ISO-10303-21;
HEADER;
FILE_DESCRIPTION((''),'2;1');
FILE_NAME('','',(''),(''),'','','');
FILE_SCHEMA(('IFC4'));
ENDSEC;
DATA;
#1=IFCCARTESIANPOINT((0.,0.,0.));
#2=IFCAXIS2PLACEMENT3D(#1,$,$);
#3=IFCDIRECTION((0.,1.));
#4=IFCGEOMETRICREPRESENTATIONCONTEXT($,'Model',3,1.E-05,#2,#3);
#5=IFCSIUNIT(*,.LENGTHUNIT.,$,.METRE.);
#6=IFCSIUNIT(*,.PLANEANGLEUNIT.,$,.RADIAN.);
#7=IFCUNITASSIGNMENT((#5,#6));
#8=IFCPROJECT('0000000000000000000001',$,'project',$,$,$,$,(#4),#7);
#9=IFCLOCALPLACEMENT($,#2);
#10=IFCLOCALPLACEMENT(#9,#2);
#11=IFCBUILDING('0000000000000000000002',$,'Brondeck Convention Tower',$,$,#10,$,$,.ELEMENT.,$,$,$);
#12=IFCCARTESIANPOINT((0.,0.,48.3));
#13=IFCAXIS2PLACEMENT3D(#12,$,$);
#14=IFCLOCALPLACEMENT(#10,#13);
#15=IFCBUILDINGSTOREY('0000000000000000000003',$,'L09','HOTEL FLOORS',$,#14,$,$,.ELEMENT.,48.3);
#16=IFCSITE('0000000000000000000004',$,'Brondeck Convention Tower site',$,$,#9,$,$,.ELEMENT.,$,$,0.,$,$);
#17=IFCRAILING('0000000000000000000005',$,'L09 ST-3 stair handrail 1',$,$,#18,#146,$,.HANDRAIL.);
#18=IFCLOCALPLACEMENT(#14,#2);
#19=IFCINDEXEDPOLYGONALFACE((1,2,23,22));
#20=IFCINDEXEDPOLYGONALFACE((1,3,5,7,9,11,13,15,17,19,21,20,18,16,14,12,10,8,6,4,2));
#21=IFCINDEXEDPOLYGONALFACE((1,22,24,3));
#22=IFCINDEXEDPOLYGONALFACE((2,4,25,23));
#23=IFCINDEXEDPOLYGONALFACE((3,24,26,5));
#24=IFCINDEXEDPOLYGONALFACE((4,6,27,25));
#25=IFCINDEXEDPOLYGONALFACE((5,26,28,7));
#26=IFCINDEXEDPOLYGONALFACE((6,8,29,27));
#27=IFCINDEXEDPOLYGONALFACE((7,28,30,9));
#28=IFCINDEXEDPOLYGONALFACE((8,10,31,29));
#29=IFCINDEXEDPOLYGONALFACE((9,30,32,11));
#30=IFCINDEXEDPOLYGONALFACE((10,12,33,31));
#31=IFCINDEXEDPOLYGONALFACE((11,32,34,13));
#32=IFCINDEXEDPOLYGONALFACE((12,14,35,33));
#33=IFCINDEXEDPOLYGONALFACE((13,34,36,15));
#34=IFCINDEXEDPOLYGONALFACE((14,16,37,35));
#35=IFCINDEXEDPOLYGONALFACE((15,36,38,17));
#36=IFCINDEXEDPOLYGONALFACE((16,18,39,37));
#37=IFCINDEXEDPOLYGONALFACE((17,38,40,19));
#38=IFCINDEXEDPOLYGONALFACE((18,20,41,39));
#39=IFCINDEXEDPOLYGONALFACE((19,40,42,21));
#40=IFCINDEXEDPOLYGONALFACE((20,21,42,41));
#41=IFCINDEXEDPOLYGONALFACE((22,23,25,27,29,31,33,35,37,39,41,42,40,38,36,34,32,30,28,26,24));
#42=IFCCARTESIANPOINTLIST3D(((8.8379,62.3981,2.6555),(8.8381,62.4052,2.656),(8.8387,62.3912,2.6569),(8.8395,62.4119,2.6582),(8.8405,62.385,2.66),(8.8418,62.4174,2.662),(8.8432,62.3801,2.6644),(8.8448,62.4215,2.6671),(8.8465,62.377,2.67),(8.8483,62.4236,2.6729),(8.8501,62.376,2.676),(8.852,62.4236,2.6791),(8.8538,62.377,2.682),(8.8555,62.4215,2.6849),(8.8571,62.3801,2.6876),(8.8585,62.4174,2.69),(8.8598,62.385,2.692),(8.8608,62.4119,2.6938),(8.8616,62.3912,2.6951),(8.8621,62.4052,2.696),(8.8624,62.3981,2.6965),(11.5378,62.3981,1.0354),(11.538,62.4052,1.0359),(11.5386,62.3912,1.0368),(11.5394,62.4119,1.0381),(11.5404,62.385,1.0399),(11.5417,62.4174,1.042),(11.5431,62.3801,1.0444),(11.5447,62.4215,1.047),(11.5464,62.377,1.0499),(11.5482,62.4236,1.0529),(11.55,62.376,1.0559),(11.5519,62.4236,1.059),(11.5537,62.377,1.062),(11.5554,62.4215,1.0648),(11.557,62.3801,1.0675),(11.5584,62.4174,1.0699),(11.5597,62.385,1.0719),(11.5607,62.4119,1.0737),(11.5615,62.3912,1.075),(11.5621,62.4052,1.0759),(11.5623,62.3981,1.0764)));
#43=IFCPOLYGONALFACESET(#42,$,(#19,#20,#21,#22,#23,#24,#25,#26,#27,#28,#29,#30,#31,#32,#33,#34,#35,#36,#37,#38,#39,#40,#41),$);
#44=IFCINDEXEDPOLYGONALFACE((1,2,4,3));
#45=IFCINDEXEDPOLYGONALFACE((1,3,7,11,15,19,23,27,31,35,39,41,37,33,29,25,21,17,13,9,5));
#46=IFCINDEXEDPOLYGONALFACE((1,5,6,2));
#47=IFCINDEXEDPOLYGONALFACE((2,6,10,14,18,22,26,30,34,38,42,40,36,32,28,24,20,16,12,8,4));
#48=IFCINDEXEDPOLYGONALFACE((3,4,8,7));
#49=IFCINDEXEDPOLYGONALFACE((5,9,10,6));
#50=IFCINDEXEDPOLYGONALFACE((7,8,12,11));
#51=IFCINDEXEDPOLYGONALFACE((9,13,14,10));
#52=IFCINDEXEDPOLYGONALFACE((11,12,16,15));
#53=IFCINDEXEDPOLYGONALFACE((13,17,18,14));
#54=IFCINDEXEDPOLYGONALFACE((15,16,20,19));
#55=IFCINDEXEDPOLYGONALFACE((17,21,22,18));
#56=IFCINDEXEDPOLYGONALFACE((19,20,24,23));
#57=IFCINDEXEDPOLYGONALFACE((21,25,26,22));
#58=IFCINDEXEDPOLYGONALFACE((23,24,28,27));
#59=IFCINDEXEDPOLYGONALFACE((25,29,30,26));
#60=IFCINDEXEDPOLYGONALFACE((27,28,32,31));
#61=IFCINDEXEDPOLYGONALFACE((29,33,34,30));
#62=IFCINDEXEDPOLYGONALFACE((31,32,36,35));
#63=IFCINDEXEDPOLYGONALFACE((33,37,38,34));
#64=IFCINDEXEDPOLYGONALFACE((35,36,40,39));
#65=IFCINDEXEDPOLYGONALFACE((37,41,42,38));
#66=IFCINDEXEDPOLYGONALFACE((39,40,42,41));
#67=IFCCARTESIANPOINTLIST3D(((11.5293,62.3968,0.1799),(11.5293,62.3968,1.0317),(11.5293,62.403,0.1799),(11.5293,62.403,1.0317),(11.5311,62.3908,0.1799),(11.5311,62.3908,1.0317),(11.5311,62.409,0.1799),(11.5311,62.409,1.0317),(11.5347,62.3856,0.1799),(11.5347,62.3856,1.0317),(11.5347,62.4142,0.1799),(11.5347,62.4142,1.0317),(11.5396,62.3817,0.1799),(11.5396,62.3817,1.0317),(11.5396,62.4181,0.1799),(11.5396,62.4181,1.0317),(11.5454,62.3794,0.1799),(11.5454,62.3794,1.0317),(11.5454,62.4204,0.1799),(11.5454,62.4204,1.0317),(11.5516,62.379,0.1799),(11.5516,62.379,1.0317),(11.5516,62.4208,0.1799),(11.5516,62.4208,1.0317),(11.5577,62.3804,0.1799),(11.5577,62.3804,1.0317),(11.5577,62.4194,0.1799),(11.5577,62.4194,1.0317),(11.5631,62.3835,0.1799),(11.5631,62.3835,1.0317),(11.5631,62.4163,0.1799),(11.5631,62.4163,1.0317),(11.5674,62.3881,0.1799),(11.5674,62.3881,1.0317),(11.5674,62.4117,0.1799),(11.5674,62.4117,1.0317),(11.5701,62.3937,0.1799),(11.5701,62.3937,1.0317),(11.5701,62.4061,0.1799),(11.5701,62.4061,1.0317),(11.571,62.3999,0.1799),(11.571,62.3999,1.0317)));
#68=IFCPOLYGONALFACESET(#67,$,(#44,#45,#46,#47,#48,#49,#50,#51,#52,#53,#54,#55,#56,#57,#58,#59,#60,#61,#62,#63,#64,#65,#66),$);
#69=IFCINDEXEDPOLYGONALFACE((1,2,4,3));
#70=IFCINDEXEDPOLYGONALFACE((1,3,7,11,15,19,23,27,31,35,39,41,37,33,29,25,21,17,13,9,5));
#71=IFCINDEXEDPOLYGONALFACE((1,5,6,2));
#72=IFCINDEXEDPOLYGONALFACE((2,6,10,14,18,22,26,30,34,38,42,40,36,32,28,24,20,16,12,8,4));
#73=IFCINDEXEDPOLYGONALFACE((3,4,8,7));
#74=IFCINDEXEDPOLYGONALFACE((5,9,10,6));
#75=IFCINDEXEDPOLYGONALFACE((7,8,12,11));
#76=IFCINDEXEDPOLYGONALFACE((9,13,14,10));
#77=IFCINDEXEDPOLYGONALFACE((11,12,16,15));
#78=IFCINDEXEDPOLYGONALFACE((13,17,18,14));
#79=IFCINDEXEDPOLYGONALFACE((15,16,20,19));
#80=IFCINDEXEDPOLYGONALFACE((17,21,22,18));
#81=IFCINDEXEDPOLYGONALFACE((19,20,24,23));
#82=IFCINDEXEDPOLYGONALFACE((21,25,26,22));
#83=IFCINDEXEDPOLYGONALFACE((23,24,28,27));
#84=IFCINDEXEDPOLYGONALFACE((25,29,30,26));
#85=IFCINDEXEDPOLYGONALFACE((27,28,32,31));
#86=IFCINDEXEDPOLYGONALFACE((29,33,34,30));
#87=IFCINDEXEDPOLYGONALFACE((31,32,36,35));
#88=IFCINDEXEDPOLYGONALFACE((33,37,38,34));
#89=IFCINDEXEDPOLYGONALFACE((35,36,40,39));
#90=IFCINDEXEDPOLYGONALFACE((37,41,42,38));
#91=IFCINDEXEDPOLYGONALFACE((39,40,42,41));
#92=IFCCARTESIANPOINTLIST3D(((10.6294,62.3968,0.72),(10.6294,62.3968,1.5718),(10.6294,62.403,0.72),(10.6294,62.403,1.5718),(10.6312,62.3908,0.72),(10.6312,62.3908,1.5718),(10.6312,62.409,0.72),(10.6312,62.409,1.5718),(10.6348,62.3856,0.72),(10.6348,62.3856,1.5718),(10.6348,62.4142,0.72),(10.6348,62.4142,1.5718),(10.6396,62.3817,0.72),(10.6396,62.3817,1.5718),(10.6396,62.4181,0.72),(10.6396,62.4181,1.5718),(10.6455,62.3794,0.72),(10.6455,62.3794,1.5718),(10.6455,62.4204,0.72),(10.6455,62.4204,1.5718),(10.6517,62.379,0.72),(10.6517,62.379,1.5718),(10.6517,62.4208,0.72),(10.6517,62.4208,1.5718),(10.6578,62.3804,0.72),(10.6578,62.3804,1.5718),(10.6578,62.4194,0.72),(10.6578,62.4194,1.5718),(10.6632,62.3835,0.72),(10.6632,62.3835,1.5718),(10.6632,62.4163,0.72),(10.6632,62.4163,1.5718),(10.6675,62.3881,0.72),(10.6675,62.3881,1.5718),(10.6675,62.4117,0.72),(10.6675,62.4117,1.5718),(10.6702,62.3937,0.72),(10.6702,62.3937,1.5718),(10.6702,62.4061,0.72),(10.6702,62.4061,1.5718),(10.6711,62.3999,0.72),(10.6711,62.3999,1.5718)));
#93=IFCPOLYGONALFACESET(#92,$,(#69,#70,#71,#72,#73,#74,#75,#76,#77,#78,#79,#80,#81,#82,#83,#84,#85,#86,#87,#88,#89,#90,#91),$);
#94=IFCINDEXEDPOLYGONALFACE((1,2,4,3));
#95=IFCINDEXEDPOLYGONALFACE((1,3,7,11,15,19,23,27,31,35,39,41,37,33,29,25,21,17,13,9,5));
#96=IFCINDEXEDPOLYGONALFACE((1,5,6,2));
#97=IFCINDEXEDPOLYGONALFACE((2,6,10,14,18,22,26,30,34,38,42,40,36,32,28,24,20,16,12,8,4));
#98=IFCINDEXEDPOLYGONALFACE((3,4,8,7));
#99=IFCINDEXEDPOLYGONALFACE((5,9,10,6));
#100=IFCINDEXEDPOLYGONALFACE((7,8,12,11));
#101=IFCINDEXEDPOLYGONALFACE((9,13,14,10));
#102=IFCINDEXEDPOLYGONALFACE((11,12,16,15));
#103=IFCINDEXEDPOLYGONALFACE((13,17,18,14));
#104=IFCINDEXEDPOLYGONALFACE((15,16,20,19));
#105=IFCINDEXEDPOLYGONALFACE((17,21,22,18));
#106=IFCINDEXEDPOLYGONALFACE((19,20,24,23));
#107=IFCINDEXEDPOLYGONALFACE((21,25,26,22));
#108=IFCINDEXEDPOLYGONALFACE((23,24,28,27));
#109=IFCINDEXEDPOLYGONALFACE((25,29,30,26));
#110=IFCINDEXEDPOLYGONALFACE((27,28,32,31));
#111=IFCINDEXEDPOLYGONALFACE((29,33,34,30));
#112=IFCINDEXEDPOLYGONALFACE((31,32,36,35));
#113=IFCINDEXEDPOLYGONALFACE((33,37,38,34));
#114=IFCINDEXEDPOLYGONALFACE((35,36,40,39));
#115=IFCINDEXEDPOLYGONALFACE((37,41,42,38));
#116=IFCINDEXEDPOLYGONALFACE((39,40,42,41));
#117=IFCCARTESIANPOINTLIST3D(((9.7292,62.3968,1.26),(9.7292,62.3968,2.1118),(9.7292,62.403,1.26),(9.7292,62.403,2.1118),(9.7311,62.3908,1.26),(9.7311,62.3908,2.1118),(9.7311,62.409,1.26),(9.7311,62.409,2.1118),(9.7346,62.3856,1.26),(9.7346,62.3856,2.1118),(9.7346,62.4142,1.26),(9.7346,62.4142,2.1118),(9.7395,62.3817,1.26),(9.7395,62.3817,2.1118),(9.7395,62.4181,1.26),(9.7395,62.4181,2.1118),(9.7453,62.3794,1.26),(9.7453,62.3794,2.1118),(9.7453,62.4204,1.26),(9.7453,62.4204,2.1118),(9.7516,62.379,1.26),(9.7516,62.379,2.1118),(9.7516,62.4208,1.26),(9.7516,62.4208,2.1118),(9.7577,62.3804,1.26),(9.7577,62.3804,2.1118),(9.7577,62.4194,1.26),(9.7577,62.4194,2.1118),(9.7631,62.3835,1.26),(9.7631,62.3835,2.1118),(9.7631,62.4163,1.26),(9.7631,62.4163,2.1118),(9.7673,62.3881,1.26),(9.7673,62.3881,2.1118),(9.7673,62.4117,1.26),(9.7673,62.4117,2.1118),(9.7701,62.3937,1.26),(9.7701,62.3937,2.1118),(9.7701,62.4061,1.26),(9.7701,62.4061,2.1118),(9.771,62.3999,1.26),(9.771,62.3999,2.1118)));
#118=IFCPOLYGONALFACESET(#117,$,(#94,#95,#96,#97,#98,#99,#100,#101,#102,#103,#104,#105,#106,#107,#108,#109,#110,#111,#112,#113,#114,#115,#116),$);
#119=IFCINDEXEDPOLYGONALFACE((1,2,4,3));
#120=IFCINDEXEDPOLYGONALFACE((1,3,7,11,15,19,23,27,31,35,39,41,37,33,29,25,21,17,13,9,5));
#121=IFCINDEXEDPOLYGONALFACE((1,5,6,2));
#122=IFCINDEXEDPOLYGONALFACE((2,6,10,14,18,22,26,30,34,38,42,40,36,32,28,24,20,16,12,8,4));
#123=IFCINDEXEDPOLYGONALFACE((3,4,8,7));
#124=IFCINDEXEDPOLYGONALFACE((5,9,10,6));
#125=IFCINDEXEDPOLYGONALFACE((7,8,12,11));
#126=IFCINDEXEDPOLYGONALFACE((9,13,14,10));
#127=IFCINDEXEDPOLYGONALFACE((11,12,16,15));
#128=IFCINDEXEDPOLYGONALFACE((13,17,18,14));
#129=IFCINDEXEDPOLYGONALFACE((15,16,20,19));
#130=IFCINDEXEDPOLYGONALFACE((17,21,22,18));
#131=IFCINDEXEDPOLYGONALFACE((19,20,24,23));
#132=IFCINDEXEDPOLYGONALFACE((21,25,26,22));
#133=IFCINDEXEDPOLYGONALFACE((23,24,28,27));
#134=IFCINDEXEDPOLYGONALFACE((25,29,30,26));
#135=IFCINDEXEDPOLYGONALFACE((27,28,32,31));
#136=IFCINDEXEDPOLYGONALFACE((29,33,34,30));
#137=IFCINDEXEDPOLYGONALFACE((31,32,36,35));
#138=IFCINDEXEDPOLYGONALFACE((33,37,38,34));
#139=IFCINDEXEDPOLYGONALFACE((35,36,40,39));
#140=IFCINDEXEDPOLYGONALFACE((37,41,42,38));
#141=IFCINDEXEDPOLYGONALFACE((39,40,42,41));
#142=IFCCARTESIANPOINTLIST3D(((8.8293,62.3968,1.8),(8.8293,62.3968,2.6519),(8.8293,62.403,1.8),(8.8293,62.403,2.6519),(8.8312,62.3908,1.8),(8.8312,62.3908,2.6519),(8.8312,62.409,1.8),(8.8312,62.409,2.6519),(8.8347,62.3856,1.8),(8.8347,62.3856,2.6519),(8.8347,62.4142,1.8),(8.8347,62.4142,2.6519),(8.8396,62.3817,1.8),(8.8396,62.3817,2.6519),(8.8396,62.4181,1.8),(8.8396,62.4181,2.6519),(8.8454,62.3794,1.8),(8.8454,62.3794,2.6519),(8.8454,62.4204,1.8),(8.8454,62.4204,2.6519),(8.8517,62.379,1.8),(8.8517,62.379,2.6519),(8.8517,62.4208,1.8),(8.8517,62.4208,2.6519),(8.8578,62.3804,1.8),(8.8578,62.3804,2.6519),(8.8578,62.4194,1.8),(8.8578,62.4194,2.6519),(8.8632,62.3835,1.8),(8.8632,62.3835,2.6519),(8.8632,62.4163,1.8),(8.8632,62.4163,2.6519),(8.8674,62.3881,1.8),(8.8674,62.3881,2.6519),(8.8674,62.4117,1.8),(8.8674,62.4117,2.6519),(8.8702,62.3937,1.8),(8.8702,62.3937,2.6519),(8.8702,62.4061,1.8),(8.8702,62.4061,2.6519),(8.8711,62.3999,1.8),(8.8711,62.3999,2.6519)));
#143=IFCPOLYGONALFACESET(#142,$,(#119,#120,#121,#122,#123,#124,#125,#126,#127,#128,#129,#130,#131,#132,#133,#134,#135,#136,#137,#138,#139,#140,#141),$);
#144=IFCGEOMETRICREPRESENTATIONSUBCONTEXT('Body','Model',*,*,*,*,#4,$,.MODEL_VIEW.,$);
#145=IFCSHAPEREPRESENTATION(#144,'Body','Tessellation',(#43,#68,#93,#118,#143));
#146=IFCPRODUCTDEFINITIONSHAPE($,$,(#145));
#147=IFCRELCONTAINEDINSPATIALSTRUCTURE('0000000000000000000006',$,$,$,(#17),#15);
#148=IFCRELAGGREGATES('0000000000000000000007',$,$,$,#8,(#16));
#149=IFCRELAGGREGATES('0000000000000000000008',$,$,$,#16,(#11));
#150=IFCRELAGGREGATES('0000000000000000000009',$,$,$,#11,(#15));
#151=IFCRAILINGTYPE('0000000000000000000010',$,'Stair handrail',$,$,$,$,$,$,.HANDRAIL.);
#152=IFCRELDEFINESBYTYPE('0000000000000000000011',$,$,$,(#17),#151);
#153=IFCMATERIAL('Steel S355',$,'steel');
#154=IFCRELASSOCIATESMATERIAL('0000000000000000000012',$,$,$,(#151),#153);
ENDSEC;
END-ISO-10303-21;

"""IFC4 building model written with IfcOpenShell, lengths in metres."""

from ifc_helpers import new_model, si_unit, direction, frame, origin, origin_2d, place, context, subcontext, project, spatial, circle, extrude, material, type_object, element, save


model = new_model("IFC4")

# Units and contexts
model_context = context("Model", 3, precision=1e-05, world=origin(), true_north=direction((0.0, 1.0)))
body_context = subcontext(model_context, "Body", "Model", "MODEL_VIEW")
ifc_project = project(units=[si_unit("LENGTHUNIT", "METRE"), si_unit("PLANEANGLEUNIT", "RADIAN")], contexts=[model_context])

# Site, building, storey
site_placement = place(None, origin())
site = spatial("IfcSite", under=ifc_project, at=site_placement, Name="Brondeck Convention Tower site", CompositionType="ELEMENT", RefElevation=0.0)
building_placement = place(site_placement, origin())
building = spatial("IfcBuilding", under=site, at=building_placement, Name="Brondeck Convention Tower", CompositionType="ELEMENT")
storey_placement = place(building_placement, frame((0.0, 0.0, 48.3)))
storey = spatial("IfcBuildingStorey", under=building, at=storey_placement, Name="L09", Description="HOTEL FLOORS", CompositionType="ELEMENT", Elevation=48.3)

# Railing
ifc_material_1 = material(Name="Steel S355", Category="steel")
railing_type_1 = type_object("IfcRailingType", Name="Stair handrail", PredefinedType="HANDRAIL", material=ifc_material_1)
railing_1_placement = place(storey_placement, frame((11.55, 62.3999, 0.1799)))
element("IfcRailing", 1, at=railing_1_placement, inside=storey, type_object=railing_type_1, Name="L09 ST-3 stair handrail 1", PredefinedType="HANDRAIL", context=body_context, shape_type="SweptSolid", body=[
    extrude(circle(Radius=0.0239, at=origin_2d()), frame((0.0, 0.0, 0.876), z_axis=(-0.857472, 0.0, 0.51453), x_axis=(0.0, -1.0, 0.0)), (0.0, 0.0, 1.0), 3.1487),
    extrude(circle(Radius=0.021, at=origin_2d()), origin(), (0.0, 0.0, 1.0), 0.8518),
    extrude(circle(Radius=0.021, at=origin_2d()), frame((-0.8999, 0.0, 0.54)), (0.0, 0.0, 1.0), 0.8518),
    extrude(circle(Radius=0.021, at=origin_2d()), frame((-1.8, 0.0, 1.0801)), (0.0, 0.0, 1.0), 0.8518),
    extrude(circle(Radius=0.021, at=origin_2d()), frame((-2.7, 0.0, 1.6201)), (0.0, 0.0, 1.0), 0.8518),
])

save(model, "model.ifc")
